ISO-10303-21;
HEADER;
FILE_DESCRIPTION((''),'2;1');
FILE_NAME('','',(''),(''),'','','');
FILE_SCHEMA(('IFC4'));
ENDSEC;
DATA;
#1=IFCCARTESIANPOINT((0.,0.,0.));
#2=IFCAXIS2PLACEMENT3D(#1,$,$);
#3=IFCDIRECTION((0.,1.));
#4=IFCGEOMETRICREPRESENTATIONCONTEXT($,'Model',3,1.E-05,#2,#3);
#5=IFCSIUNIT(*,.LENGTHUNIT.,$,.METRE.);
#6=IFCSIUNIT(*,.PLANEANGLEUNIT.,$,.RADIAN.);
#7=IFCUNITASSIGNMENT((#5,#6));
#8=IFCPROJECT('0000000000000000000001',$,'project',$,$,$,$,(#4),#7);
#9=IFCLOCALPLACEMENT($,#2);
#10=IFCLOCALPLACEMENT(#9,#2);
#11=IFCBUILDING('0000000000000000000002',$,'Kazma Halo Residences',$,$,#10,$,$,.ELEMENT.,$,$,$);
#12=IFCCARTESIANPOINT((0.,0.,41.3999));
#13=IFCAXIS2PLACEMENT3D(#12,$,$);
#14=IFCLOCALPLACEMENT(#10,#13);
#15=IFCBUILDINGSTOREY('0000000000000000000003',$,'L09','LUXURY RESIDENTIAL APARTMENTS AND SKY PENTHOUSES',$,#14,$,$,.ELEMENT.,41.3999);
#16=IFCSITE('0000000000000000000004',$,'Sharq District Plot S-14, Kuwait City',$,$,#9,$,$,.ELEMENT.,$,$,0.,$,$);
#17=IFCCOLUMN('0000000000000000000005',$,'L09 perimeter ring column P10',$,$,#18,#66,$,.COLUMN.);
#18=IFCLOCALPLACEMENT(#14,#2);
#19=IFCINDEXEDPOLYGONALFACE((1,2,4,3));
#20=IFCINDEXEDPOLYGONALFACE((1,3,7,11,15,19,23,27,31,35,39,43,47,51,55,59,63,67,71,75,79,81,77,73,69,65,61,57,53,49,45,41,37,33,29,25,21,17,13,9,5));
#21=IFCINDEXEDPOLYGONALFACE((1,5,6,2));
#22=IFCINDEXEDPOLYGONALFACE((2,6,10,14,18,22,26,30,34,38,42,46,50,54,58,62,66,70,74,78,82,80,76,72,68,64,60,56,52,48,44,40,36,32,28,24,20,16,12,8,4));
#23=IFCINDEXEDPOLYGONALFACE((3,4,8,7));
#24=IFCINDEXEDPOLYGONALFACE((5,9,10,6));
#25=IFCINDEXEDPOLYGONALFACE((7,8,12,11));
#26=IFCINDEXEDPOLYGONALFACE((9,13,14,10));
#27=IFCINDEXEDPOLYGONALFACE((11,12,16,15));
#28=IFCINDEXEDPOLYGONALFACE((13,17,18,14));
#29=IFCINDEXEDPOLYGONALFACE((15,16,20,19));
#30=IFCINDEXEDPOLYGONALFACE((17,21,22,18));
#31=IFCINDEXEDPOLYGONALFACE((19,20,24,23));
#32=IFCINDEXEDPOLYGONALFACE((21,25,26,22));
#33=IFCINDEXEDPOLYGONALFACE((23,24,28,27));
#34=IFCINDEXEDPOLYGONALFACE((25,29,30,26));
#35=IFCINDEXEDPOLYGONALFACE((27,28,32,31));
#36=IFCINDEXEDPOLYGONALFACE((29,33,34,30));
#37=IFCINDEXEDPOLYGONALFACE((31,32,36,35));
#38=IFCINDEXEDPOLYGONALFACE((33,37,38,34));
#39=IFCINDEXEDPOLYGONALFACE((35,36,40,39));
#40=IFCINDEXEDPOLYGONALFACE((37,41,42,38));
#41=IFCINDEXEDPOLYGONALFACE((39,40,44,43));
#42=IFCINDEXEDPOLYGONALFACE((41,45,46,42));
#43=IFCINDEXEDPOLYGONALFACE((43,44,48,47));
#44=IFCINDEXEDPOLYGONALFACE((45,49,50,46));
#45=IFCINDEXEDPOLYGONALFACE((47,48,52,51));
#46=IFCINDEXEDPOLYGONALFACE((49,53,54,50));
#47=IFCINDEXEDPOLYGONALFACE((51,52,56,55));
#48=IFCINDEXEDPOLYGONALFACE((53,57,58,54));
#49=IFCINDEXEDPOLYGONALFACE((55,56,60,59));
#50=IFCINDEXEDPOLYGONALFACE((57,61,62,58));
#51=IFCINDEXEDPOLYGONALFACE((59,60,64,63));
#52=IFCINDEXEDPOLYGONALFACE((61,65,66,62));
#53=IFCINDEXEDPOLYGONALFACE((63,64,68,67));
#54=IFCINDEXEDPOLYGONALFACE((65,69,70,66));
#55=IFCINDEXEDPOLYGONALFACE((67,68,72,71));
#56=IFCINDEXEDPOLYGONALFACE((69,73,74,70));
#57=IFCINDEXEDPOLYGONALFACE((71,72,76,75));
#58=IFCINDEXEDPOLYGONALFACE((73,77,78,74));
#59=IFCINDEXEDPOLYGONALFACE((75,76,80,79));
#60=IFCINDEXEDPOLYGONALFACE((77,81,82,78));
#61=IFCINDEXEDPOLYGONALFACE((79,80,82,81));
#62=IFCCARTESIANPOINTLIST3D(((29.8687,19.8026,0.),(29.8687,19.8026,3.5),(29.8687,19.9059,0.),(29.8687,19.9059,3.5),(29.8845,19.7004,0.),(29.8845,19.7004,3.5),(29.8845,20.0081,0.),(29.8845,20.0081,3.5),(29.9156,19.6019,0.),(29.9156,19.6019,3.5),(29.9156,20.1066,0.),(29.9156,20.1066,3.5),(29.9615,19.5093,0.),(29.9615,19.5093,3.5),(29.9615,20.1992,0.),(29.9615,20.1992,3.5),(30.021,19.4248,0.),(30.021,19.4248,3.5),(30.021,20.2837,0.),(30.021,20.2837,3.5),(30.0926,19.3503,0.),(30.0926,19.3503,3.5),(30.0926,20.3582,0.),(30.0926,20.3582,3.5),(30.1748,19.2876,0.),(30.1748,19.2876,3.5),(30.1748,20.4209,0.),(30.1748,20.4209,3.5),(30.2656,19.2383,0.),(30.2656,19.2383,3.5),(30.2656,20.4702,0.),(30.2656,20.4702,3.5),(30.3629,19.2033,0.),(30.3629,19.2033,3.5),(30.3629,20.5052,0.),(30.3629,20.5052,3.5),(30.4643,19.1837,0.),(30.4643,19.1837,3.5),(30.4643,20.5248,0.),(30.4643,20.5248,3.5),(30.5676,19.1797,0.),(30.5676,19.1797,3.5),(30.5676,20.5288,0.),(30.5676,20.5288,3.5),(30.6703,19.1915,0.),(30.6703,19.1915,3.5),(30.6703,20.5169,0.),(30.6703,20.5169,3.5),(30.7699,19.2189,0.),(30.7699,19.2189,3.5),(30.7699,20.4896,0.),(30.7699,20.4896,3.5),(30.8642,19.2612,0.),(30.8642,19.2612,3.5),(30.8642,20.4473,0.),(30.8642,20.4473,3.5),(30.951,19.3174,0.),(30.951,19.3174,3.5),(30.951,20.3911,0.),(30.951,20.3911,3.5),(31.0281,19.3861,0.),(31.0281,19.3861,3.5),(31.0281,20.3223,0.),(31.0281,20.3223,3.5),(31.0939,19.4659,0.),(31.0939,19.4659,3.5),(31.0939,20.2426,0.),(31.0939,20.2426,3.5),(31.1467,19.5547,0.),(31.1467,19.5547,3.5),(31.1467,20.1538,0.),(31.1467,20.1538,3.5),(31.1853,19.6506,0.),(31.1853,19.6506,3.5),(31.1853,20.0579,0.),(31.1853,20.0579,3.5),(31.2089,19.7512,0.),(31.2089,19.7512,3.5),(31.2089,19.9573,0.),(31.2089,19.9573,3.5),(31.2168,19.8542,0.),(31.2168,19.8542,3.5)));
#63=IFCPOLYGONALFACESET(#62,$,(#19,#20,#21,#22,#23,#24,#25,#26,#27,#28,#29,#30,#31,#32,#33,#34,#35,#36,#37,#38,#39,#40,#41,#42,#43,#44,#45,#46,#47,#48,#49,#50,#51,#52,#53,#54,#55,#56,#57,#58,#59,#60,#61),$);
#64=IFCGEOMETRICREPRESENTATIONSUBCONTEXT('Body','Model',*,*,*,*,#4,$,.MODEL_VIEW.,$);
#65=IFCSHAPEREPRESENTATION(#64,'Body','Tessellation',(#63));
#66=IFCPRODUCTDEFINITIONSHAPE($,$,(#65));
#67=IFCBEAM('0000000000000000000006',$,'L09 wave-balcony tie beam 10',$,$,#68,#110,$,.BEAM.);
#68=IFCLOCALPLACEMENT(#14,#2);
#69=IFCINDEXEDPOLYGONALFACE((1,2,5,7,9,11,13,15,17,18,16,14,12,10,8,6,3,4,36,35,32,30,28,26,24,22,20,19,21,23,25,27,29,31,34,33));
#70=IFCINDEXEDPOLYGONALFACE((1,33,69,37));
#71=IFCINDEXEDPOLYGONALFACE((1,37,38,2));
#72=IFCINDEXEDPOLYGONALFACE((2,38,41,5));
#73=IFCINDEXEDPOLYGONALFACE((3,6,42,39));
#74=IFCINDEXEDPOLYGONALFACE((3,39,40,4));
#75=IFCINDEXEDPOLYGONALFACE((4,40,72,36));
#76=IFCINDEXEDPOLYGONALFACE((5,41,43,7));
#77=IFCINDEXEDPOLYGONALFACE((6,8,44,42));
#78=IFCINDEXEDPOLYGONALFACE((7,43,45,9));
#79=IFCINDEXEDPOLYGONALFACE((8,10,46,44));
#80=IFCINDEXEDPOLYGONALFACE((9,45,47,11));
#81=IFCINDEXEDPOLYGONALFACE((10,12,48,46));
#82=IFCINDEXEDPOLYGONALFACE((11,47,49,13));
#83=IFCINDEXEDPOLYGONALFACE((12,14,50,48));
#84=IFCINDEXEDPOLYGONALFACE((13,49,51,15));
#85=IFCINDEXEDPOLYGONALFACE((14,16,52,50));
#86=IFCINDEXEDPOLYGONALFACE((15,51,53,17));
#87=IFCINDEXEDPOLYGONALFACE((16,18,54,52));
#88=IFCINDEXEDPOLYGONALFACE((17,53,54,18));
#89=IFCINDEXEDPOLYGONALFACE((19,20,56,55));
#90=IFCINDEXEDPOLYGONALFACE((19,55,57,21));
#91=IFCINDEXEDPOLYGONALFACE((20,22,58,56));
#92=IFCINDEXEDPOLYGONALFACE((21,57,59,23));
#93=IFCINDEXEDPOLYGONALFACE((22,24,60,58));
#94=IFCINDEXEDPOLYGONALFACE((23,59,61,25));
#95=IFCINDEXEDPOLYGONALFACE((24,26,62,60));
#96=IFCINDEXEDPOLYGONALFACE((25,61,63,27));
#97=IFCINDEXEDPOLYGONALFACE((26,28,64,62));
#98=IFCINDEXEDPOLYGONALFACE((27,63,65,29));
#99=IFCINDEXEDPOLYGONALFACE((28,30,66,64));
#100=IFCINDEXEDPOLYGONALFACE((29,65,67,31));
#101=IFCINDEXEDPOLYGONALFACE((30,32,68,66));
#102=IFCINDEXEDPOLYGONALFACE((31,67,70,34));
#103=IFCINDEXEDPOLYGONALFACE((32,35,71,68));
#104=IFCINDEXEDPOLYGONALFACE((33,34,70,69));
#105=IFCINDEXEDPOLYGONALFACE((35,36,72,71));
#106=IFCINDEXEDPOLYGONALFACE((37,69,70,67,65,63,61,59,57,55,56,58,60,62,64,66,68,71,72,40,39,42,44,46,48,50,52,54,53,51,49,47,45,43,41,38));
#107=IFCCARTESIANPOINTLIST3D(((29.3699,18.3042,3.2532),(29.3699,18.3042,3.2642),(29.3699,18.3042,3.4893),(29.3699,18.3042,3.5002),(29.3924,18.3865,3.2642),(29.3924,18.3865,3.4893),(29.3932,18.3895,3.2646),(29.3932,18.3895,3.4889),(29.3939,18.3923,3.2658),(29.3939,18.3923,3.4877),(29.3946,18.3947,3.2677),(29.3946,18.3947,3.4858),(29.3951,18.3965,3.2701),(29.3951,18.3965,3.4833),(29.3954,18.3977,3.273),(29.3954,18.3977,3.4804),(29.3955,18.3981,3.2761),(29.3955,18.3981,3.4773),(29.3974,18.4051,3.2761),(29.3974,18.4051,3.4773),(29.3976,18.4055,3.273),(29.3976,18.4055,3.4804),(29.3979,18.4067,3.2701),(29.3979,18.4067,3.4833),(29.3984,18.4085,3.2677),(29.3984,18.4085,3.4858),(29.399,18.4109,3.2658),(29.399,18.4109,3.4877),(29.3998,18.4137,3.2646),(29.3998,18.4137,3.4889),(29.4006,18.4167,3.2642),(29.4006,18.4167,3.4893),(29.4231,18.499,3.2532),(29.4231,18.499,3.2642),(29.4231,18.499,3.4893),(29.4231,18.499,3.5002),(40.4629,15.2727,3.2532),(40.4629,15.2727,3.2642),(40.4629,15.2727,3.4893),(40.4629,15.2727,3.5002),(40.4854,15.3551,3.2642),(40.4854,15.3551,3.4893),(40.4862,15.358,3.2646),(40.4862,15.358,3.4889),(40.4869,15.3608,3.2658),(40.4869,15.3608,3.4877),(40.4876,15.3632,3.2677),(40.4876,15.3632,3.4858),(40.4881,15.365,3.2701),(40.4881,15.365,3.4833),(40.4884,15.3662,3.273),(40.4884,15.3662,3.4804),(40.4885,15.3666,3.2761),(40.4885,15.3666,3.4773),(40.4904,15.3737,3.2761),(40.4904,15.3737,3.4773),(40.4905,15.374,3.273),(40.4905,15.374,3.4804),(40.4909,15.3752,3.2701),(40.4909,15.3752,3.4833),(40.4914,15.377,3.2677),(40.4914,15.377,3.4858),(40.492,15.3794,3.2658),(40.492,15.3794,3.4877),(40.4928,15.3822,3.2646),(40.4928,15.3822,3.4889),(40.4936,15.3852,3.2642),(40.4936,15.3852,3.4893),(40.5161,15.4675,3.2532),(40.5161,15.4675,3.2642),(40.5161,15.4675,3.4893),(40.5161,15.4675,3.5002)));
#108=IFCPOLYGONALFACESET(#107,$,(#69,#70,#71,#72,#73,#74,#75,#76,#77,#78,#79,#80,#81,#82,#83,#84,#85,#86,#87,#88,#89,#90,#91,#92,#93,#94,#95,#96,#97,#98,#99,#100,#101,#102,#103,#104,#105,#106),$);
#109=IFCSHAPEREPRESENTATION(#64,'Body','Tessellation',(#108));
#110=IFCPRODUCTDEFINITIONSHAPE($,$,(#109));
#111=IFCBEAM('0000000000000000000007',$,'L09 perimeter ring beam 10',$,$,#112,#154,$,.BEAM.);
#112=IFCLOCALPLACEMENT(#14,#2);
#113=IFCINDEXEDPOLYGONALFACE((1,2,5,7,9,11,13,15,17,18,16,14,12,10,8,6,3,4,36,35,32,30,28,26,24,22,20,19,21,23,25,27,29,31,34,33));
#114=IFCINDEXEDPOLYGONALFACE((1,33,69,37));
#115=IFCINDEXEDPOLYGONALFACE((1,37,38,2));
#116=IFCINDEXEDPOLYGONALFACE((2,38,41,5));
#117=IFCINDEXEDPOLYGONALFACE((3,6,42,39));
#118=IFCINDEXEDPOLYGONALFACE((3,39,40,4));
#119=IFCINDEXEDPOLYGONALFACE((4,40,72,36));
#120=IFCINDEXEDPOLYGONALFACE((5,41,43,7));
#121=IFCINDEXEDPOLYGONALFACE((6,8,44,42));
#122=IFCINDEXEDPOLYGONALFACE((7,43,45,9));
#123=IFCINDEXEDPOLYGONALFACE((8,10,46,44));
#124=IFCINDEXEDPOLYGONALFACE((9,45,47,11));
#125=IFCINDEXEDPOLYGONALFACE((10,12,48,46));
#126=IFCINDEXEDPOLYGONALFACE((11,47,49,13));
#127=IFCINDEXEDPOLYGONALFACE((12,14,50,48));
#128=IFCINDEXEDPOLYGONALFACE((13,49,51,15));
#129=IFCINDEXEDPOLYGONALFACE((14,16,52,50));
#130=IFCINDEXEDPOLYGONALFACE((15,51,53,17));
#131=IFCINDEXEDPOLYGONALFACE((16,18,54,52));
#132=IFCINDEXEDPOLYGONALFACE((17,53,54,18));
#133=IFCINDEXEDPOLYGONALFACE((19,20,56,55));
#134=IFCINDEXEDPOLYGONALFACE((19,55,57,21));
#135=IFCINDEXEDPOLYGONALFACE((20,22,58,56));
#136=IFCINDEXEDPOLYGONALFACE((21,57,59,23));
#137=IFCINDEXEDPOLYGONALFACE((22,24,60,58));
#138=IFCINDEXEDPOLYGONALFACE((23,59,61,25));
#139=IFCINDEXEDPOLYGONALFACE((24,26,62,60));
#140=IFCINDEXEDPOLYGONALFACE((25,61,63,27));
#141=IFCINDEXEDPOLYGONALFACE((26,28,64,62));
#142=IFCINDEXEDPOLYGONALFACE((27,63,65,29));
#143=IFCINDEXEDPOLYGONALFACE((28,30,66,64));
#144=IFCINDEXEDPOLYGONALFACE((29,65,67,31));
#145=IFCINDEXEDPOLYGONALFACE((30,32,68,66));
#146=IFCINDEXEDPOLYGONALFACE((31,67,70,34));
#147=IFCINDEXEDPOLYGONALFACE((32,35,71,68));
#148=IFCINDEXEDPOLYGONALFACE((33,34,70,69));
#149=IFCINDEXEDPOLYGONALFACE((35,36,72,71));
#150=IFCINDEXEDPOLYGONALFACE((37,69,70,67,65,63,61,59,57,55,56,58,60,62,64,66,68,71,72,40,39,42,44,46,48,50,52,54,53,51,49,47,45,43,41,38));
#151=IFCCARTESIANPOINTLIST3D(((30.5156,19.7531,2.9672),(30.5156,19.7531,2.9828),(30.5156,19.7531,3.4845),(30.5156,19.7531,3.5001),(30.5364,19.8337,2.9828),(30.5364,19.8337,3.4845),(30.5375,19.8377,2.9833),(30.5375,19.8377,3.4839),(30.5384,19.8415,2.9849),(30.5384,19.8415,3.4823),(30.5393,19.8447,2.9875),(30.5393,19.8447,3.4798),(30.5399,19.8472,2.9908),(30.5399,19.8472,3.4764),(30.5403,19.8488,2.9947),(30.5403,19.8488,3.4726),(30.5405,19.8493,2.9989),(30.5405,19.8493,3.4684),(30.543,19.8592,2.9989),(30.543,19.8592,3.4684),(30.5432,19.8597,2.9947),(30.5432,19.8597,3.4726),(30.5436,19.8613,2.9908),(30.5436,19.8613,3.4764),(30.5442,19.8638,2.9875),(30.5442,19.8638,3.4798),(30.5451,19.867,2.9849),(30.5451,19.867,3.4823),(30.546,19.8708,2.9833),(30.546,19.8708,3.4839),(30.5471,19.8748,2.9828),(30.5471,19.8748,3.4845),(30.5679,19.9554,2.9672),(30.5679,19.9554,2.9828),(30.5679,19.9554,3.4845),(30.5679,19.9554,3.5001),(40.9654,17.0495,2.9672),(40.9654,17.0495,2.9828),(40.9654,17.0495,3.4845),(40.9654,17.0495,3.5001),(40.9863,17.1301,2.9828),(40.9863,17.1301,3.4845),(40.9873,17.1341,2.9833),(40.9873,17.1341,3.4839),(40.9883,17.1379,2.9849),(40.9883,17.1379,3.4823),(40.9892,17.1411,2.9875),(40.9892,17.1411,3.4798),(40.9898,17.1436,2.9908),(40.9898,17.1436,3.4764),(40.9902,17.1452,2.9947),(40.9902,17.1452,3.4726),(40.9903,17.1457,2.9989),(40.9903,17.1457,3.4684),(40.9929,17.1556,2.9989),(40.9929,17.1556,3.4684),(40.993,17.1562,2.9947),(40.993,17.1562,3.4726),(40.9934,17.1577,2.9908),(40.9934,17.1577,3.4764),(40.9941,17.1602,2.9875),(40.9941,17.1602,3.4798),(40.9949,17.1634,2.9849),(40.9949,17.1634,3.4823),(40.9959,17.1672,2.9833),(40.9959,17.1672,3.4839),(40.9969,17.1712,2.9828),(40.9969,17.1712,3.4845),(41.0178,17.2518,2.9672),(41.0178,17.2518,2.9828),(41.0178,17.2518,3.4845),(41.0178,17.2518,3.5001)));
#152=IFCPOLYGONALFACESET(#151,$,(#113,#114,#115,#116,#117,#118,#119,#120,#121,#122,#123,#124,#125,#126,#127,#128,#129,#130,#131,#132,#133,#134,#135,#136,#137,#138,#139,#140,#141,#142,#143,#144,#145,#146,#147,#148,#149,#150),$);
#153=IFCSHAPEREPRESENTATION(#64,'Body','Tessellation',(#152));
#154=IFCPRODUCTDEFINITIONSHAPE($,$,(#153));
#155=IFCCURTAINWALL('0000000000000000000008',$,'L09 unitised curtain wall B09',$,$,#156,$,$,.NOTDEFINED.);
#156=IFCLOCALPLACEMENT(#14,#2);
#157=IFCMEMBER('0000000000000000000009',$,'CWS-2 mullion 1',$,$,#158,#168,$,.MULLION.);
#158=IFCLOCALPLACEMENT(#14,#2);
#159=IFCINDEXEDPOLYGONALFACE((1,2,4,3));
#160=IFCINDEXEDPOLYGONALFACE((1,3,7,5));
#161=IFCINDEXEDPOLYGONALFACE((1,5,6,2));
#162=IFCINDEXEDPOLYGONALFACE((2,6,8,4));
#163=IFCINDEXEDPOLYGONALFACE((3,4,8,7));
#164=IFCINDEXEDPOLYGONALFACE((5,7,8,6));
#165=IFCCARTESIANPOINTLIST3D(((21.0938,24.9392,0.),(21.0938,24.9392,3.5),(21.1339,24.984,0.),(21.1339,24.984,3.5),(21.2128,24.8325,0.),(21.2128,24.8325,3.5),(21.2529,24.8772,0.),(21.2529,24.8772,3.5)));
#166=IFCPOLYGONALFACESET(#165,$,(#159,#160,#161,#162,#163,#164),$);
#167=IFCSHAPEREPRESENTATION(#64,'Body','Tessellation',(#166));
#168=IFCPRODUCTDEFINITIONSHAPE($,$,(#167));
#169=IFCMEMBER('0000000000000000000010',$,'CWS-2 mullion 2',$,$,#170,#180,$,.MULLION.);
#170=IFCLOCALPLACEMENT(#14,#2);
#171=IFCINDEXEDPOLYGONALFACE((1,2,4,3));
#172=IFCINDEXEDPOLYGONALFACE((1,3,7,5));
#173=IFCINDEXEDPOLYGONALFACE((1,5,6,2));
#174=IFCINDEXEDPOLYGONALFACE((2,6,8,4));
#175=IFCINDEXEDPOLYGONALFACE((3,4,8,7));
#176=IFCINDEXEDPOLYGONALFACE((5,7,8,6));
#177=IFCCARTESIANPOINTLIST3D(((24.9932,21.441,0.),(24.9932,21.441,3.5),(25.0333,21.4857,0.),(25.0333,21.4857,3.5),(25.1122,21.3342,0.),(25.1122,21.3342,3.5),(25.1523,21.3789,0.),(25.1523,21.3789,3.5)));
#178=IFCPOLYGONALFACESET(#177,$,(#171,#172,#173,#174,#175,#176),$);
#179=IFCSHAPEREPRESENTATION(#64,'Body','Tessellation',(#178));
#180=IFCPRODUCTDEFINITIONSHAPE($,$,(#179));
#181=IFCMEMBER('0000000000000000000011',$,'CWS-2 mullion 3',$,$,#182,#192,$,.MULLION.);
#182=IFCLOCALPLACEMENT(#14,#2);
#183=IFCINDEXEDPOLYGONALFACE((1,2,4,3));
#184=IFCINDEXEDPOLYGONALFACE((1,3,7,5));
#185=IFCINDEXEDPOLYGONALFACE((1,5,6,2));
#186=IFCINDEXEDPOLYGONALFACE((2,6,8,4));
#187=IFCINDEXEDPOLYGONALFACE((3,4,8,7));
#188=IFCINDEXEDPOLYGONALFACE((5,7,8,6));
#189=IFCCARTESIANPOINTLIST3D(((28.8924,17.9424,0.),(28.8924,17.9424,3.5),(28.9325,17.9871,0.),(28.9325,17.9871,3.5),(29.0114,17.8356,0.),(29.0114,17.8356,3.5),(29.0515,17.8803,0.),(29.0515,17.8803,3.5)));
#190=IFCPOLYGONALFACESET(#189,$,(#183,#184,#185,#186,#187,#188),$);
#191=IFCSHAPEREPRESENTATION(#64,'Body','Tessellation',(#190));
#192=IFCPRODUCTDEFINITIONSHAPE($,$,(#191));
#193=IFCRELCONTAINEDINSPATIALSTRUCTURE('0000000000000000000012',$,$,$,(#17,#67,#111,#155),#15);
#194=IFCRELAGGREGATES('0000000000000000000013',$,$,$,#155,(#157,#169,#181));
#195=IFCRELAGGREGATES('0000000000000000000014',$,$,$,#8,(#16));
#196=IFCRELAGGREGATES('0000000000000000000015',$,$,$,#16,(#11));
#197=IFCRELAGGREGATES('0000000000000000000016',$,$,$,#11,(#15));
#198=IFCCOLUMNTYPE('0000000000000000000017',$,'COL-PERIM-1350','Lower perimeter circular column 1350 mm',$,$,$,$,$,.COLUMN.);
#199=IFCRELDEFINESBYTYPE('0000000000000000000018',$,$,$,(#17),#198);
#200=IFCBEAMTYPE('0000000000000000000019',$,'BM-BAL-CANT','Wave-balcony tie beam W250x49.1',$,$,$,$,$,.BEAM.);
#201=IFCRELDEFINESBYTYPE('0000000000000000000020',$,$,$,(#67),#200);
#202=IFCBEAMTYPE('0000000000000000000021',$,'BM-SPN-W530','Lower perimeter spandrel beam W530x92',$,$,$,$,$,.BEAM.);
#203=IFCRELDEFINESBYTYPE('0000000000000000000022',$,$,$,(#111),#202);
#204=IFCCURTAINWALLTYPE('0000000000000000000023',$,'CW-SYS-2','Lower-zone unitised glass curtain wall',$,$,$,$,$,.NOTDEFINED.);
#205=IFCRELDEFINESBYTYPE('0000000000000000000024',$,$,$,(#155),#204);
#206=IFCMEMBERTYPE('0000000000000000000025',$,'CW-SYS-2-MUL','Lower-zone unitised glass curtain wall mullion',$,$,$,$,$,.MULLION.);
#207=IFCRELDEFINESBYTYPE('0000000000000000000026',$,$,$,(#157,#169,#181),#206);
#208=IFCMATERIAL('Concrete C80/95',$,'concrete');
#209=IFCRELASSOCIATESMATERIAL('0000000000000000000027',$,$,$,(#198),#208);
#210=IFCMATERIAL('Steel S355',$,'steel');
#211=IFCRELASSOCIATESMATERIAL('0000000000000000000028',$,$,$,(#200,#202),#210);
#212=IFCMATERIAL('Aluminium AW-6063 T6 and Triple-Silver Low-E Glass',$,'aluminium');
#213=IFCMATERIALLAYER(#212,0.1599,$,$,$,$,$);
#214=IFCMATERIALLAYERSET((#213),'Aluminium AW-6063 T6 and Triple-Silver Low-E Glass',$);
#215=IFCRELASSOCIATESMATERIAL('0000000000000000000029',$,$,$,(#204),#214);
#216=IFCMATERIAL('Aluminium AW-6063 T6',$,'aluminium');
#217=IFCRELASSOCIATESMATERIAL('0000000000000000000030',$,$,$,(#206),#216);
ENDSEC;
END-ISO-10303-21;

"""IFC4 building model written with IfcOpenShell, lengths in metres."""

from ifc_helpers import new_model, si_unit, direction, frame, origin, origin_2d, place, context, subcontext, project, spatial, rectangle, circle, i_section, extrude, material, layer, layer_set, material_profile, profile_set, type_object, element, aggregate, save


model = new_model("IFC4")

# Units and contexts
model_context = context("Model", 3, precision=1e-05, world=origin(), true_north=direction((0.0, 1.0)))
body_context = subcontext(model_context, "Body", "Model", "MODEL_VIEW")
ifc_project = project(units=[si_unit("LENGTHUNIT", "METRE"), si_unit("PLANEANGLEUNIT", "RADIAN")], contexts=[model_context])

# Site, building, storey
site_placement = place(None, origin())
site = spatial("IfcSite", under=ifc_project, at=site_placement, Name="Sharq District Plot S-14, Kuwait City", CompositionType="ELEMENT", RefElevation=0.0)
building_placement = place(site_placement, origin())
building = spatial("IfcBuilding", under=site, at=building_placement, Name="Kazma Halo Residences", CompositionType="ELEMENT")
storey_placement = place(building_placement, frame((0.0, 0.0, 41.3999)))
storey = spatial("IfcBuildingStorey", under=building, at=storey_placement, Name="L09", Description="LUXURY RESIDENTIAL APARTMENTS AND SKY PENTHOUSES", CompositionType="ELEMENT", Elevation=41.3999)

# Column
ifc_material_1 = material(Name="Concrete C80/95", Category="concrete")
ifc_material_profile_1 = material_profile(ifc_material_1, circle(Radius=0.675, at=origin_2d()), Name="CIRC1350")
ifc_profile_set_1 = profile_set([ifc_material_profile_1], Name="Concrete C80/95")
column_type = type_object("IfcColumnType", Name="COL-PERIM-1350", Description="Lower perimeter circular column 1350 mm", PredefinedType="COLUMN", material=ifc_profile_set_1)
column_placement = place(storey_placement, frame((30.5417, 19.8542, 0.0), z_axis=(0.0, 0.0, 1.0), x_axis=(1.0, 0.0, 0.0)))
element("IfcColumn", 1, at=column_placement, inside=storey, type_object=column_type, Name="L09 perimeter ring column P10", PredefinedType="COLUMN", context=body_context, shape_type="SweptSolid", body=[
    extrude(circle(Radius=0.675, at=origin_2d()), origin(), (0.0, 0.0, 1.0), 3.5),
])

# Beams
ifc_material_2 = material(Name="Steel S355", Category="steel")
ifc_material_profile_2 = material_profile(ifc_material_2, i_section(OverallWidth=0.2019, OverallDepth=0.2471, WebThickness=0.0073, FlangeThickness=0.011, FilletRadius=0.012, at=origin_2d()), Name="W250x49.1")
ifc_profile_set_2 = profile_set([ifc_material_profile_2], Name="Steel S355")
beam_type_1 = type_object("IfcBeamType", Name="BM-BAL-CANT", Description="Wave-balcony tie beam W250x49.1", PredefinedType="BEAM", material=ifc_profile_set_2)
beam_1_placement = place(storey_placement, frame((29.3965, 18.4016, 3.3767), z_axis=(0.964628, -0.263613, 0.0), x_axis=(0.263613, 0.964628, 0.0)))
element("IfcBeam", 2, at=beam_1_placement, inside=storey, type_object=beam_type_1, Name="L09 wave-balcony tie beam 10", PredefinedType="BEAM", context=body_context, shape_type="SweptSolid", body=[
    extrude(i_section(OverallWidth=0.2019, OverallDepth=0.2471, WebThickness=0.0073, FlangeThickness=0.011, FilletRadius=0.012, at=origin_2d()), origin(), (0.0, 0.0, 1.0), 11.4998),
])
ifc_material_profile_3 = material_profile(ifc_material_2, i_section(OverallWidth=0.209, OverallDepth=0.533, WebThickness=0.0103, FlangeThickness=0.0156, FilletRadius=0.0161, at=origin_2d()), Name="W530x92")
ifc_profile_set_3 = profile_set([ifc_material_profile_3], Name="Steel S355")
beam_type_2 = type_object("IfcBeamType", Name="BM-SPN-W530", Description="Lower perimeter spandrel beam W530x92", PredefinedType="BEAM", material=ifc_profile_set_3)
beam_2_placement = place(storey_placement, frame((30.5417, 19.8542, 3.2336), z_axis=(0.968124, -0.250473, 0.0), x_axis=(0.250473, 0.968124, 0.0)))
element("IfcBeam", 3, at=beam_2_placement, inside=storey, type_object=beam_type_2, Name="L09 perimeter ring beam 10", PredefinedType="BEAM", context=body_context, shape_type="SweptSolid", body=[
    extrude(i_section(OverallWidth=0.209, OverallDepth=0.533, WebThickness=0.0103, FlangeThickness=0.0156, FilletRadius=0.0161, at=origin_2d()), origin(), (0.0, 0.0, 1.0), 10.7939),
])

# Curtain wall, members
ifc_material_3 = material(Name="Aluminium AW-6063 T6 and Triple-Silver Low-E Glass", Category="aluminium")
ifc_layer_1 = layer(ifc_material_3, 0.1599)
ifc_layer_set_1 = layer_set([ifc_layer_1], Name="Aluminium AW-6063 T6 and Triple-Silver Low-E Glass")
curtain_wall_type = type_object("IfcCurtainWallType", Name="CW-SYS-2", Description="Lower-zone unitised glass curtain wall", PredefinedType="NOTDEFINED", material=ifc_layer_set_1)
curtain_wall_placement = place(storey_placement, origin())
curtain_wall = element("IfcCurtainWall", 4, at=curtain_wall_placement, inside=storey, type_object=curtain_wall_type, Name="L09 unitised curtain wall B09", PredefinedType="NOTDEFINED")
ifc_material_4 = material(Name="Aluminium AW-6063 T6", Category="aluminium")
ifc_material_profile_4 = material_profile(ifc_material_4, rectangle(XDim=0.0601, YDim=0.1599, at=origin_2d()), Name="CWM-60x160")
ifc_profile_set_4 = profile_set([ifc_material_profile_4], Name="Aluminium AW-6063 T6")
member_type_1 = type_object("IfcMemberType", Name="CW-SYS-2-MUL", Description="Lower-zone unitised glass curtain wall mullion", PredefinedType="MULLION", material=ifc_profile_set_4)
member_1_placement = place(storey_placement, frame((21.1733, 24.9082, 0.0), z_axis=(0.0, 0.0, 1.0), x_axis=(0.667821, 0.744322, 0.0)))
member_1 = element("IfcMember", 5, at=member_1_placement, type_object=member_type_1, Name="CWS-2 mullion 1", PredefinedType="MULLION", context=body_context, shape_type="SweptSolid", body=[
    extrude(rectangle(XDim=0.0601, YDim=0.1599, at=origin_2d()), origin(), (0.0, 0.0, 1.0), 3.5),
])
member_2_placement = place(storey_placement, frame((25.0728, 21.4099, 0.0), z_axis=(0.0, 0.0, 1.0), x_axis=(0.667821, 0.744322, 0.0)))
member_2 = element("IfcMember", 6, at=member_2_placement, type_object=member_type_1, Name="CWS-2 mullion 2", PredefinedType="MULLION", context=body_context, shape_type="SweptSolid", body=[
    extrude(rectangle(XDim=0.0601, YDim=0.1599, at=origin_2d()), origin(), (0.0, 0.0, 1.0), 3.5),
])
member_3_placement = place(storey_placement, frame((28.9719, 17.9114, 0.0), z_axis=(0.0, 0.0, 1.0), x_axis=(0.667821, 0.744322, 0.0)))
member_3 = element("IfcMember", 7, at=member_3_placement, type_object=member_type_1, Name="CWS-2 mullion 3", PredefinedType="MULLION", context=body_context, shape_type="SweptSolid", body=[
    extrude(rectangle(XDim=0.0601, YDim=0.1599, at=origin_2d()), origin(), (0.0, 0.0, 1.0), 3.5),
])
aggregate(curtain_wall, [member_1, member_2, member_3])

save(model, "model.ifc")
